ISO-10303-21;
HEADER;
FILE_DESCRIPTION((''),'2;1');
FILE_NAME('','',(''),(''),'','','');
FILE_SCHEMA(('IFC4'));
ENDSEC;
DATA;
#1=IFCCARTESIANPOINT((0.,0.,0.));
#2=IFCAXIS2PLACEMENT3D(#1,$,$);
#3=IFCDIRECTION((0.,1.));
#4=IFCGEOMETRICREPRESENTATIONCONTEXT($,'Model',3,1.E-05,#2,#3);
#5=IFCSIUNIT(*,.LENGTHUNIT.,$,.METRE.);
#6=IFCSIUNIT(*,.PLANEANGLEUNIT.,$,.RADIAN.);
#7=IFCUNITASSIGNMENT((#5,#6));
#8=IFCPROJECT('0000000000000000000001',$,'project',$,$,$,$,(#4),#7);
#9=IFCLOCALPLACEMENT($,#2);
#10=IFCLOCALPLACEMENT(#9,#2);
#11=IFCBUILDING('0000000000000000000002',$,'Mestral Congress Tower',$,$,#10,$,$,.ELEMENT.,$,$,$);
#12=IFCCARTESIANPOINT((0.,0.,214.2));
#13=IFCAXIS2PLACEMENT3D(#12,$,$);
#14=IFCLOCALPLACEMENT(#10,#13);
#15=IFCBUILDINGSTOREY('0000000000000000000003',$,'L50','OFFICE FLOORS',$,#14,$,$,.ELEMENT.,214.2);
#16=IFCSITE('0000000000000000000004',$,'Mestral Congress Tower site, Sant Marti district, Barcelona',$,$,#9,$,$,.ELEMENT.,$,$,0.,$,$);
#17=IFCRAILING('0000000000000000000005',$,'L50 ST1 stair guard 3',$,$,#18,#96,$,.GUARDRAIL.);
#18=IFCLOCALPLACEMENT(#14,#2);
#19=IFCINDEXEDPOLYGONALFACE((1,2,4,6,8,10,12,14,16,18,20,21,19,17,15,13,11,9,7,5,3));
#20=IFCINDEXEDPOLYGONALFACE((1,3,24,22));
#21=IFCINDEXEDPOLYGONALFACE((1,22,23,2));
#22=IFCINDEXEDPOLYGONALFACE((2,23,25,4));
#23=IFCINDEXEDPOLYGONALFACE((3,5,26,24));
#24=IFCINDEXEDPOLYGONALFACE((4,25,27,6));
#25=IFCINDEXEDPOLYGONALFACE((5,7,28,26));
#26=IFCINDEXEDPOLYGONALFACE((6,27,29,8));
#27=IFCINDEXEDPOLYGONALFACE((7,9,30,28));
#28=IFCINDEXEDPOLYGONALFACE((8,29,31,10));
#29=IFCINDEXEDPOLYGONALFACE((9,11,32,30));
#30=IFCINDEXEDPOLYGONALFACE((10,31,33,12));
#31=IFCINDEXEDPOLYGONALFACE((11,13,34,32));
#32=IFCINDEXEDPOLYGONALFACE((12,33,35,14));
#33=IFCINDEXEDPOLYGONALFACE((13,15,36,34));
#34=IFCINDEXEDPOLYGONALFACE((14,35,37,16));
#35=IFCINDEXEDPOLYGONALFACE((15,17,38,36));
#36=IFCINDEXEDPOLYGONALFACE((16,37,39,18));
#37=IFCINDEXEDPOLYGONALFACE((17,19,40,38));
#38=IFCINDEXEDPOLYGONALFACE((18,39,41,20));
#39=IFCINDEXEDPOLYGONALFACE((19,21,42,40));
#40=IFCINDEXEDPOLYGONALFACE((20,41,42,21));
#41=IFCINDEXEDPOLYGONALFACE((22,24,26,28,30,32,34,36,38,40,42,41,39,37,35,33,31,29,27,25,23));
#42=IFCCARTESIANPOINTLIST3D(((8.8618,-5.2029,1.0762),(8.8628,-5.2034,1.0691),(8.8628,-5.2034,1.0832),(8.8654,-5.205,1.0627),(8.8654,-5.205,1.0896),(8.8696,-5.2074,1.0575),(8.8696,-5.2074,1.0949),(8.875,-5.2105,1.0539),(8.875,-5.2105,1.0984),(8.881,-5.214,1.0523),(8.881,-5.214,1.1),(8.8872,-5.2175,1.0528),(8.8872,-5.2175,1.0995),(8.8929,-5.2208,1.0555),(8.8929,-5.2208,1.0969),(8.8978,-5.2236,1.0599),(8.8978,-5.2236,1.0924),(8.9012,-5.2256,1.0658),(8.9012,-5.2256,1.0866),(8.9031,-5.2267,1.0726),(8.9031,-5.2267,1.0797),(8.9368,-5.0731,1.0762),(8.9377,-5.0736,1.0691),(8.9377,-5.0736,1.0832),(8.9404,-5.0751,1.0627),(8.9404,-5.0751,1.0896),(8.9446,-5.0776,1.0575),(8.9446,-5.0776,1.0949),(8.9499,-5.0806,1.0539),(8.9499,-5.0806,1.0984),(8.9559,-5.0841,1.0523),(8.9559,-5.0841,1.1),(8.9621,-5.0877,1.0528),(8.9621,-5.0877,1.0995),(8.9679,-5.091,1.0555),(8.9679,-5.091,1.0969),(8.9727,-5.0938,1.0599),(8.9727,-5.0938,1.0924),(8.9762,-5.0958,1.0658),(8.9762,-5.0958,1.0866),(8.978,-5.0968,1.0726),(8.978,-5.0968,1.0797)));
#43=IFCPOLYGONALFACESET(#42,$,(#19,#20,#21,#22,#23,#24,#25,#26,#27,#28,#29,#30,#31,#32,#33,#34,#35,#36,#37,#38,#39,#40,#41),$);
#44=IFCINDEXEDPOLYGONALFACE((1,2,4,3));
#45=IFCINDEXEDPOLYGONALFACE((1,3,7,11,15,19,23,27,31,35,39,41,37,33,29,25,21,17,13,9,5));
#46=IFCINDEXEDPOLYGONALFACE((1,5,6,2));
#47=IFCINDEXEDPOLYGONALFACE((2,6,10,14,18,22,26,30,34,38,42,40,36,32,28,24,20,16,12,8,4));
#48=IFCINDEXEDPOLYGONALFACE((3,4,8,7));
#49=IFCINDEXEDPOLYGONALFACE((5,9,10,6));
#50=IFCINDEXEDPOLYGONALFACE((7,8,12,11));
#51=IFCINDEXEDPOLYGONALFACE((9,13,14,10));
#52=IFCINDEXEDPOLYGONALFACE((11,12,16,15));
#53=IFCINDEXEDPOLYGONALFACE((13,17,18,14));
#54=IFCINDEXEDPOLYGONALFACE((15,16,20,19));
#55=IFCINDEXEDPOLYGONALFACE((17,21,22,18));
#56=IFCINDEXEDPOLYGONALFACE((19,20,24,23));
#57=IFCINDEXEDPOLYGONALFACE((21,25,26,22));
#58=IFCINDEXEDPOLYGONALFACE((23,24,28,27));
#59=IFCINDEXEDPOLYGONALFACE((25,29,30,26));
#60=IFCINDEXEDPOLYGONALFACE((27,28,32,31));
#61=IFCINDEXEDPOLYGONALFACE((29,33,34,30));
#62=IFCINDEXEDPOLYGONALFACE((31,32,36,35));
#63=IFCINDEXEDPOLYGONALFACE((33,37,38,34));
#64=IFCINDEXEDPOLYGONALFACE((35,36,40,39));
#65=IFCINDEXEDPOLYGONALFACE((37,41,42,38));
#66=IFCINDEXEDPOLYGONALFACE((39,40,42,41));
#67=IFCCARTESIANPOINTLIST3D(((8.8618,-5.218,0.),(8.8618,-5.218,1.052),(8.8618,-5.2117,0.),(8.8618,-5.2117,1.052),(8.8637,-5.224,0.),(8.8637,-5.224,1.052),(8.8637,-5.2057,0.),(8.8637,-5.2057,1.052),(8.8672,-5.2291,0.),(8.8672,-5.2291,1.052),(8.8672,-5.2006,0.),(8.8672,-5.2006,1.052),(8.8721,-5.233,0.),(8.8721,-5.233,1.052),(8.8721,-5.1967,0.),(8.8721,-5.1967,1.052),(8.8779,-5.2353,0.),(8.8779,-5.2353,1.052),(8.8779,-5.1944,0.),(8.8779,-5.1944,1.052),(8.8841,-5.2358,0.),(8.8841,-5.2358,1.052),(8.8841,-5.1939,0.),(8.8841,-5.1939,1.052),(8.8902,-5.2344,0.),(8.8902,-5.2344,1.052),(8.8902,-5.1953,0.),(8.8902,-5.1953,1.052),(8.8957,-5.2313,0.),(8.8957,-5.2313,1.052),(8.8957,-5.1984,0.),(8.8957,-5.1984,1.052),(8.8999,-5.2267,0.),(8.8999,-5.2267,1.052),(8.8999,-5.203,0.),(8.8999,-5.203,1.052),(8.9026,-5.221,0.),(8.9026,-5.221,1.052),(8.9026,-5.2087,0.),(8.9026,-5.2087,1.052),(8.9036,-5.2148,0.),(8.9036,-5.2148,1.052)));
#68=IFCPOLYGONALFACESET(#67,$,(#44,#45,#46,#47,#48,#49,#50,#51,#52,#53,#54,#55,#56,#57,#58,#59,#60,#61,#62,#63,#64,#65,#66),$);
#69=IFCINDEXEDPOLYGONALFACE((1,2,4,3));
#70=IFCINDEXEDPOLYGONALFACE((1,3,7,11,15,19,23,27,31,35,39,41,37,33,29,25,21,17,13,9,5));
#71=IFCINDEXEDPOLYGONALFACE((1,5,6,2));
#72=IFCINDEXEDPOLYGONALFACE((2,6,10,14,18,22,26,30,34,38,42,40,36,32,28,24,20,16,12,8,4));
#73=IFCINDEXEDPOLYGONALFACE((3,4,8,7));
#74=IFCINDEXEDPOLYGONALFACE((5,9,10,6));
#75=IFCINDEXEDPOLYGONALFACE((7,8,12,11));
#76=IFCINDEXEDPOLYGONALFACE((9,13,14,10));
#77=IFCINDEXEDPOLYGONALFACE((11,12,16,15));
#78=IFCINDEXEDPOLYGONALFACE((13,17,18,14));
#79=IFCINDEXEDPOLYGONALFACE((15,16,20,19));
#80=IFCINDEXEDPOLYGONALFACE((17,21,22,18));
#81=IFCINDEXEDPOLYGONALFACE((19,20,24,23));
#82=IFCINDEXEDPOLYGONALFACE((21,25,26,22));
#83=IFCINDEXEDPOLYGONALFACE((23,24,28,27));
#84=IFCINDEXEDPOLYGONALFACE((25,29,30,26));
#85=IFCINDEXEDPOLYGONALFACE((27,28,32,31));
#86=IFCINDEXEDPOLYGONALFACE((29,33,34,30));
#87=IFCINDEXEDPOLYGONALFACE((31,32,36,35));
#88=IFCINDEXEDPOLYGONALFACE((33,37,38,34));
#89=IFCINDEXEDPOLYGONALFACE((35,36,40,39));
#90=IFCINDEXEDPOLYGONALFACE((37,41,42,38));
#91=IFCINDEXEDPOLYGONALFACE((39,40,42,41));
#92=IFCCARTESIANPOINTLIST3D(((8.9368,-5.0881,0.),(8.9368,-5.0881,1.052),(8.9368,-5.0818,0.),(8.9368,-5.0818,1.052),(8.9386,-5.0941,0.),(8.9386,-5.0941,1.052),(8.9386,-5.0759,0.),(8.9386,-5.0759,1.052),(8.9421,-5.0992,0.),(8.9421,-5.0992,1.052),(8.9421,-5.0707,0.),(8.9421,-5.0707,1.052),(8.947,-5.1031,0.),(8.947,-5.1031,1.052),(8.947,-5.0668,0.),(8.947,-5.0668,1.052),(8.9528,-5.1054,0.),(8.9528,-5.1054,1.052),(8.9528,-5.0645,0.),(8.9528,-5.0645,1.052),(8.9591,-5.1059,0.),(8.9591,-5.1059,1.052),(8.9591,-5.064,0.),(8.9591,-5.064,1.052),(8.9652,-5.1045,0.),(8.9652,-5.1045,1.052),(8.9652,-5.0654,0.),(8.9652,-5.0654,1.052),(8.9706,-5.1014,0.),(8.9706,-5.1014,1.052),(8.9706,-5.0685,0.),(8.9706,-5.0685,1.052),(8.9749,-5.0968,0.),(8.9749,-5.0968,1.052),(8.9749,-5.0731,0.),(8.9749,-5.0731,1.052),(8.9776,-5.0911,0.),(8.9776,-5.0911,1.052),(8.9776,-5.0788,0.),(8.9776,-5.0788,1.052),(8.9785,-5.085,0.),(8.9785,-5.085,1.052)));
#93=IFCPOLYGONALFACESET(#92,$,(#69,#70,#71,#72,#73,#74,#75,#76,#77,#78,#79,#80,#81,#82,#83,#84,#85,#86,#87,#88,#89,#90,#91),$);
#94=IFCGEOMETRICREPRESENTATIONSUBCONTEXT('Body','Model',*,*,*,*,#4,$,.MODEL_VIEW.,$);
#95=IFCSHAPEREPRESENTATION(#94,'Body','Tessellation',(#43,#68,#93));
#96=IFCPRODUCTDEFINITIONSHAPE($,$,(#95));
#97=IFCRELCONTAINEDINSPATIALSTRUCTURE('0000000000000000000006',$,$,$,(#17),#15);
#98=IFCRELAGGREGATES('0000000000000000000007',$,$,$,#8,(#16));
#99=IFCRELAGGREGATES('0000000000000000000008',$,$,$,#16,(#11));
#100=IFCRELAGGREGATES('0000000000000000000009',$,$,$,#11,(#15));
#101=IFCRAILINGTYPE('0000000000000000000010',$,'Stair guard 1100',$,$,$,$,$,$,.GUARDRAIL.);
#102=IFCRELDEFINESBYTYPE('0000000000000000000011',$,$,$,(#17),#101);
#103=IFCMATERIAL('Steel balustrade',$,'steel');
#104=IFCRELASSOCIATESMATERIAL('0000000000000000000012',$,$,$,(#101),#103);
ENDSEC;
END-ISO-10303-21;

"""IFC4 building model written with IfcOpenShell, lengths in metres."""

from ifc_helpers import new_model, si_unit, direction, frame, origin, origin_2d, place, context, subcontext, project, spatial, circle, extrude, material, type_object, element, save


model = new_model("IFC4")

# Units and contexts
model_context = context("Model", 3, precision=1e-05, world=origin(), true_north=direction((0.0, 1.0)))
body_context = subcontext(model_context, "Body", "Model", "MODEL_VIEW")
ifc_project = project(units=[si_unit("LENGTHUNIT", "METRE"), si_unit("PLANEANGLEUNIT", "RADIAN")], contexts=[model_context])

# Site, building, storey
site_placement = place(None, origin())
site = spatial("IfcSite", under=ifc_project, at=site_placement, Name="Mestral Congress Tower site, Sant Marti district, Barcelona", CompositionType="ELEMENT", RefElevation=0.0)
building_placement = place(site_placement, origin())
building = spatial("IfcBuilding", under=site, at=building_placement, Name="Mestral Congress Tower", CompositionType="ELEMENT")
storey_placement = place(building_placement, frame((0.0, 0.0, 214.2)))
storey = spatial("IfcBuildingStorey", under=building, at=storey_placement, Name="L50", Description="OFFICE FLOORS", CompositionType="ELEMENT", Elevation=214.2)

# Railing
ifc_material_1 = material(Name="Steel balustrade", Category="steel")
railing_type = type_object("IfcRailingType", Name="Stair guard 1100", PredefinedType="GUARDRAIL", material=ifc_material_1)
railing_1_placement = place(storey_placement, frame((8.8826, -5.2148, 0.0)))
element("IfcRailing", 1, at=railing_1_placement, inside=storey, type_object=railing_type, Name="L50 ST1 stair guard 3", PredefinedType="GUARDRAIL", context=body_context, shape_type="SweptSolid", body=[
    extrude(circle(Radius=0.0239, at=origin_2d()), frame((0.0, 0.0, 1.0762), z_axis=(0.499816, 0.866131, 0.0), x_axis=(-0.866131, 0.499816, 0.0)), (0.0, 0.0, 1.0), 0.1499),
    extrude(circle(Radius=0.021, at=origin_2d()), origin(), (0.0, 0.0, 1.0), 1.052),
    extrude(circle(Radius=0.021, at=origin_2d()), frame((0.075, 0.1299, 0.0)), (0.0, 0.0, 1.0), 1.052),
])

save(model, "model.ifc")
